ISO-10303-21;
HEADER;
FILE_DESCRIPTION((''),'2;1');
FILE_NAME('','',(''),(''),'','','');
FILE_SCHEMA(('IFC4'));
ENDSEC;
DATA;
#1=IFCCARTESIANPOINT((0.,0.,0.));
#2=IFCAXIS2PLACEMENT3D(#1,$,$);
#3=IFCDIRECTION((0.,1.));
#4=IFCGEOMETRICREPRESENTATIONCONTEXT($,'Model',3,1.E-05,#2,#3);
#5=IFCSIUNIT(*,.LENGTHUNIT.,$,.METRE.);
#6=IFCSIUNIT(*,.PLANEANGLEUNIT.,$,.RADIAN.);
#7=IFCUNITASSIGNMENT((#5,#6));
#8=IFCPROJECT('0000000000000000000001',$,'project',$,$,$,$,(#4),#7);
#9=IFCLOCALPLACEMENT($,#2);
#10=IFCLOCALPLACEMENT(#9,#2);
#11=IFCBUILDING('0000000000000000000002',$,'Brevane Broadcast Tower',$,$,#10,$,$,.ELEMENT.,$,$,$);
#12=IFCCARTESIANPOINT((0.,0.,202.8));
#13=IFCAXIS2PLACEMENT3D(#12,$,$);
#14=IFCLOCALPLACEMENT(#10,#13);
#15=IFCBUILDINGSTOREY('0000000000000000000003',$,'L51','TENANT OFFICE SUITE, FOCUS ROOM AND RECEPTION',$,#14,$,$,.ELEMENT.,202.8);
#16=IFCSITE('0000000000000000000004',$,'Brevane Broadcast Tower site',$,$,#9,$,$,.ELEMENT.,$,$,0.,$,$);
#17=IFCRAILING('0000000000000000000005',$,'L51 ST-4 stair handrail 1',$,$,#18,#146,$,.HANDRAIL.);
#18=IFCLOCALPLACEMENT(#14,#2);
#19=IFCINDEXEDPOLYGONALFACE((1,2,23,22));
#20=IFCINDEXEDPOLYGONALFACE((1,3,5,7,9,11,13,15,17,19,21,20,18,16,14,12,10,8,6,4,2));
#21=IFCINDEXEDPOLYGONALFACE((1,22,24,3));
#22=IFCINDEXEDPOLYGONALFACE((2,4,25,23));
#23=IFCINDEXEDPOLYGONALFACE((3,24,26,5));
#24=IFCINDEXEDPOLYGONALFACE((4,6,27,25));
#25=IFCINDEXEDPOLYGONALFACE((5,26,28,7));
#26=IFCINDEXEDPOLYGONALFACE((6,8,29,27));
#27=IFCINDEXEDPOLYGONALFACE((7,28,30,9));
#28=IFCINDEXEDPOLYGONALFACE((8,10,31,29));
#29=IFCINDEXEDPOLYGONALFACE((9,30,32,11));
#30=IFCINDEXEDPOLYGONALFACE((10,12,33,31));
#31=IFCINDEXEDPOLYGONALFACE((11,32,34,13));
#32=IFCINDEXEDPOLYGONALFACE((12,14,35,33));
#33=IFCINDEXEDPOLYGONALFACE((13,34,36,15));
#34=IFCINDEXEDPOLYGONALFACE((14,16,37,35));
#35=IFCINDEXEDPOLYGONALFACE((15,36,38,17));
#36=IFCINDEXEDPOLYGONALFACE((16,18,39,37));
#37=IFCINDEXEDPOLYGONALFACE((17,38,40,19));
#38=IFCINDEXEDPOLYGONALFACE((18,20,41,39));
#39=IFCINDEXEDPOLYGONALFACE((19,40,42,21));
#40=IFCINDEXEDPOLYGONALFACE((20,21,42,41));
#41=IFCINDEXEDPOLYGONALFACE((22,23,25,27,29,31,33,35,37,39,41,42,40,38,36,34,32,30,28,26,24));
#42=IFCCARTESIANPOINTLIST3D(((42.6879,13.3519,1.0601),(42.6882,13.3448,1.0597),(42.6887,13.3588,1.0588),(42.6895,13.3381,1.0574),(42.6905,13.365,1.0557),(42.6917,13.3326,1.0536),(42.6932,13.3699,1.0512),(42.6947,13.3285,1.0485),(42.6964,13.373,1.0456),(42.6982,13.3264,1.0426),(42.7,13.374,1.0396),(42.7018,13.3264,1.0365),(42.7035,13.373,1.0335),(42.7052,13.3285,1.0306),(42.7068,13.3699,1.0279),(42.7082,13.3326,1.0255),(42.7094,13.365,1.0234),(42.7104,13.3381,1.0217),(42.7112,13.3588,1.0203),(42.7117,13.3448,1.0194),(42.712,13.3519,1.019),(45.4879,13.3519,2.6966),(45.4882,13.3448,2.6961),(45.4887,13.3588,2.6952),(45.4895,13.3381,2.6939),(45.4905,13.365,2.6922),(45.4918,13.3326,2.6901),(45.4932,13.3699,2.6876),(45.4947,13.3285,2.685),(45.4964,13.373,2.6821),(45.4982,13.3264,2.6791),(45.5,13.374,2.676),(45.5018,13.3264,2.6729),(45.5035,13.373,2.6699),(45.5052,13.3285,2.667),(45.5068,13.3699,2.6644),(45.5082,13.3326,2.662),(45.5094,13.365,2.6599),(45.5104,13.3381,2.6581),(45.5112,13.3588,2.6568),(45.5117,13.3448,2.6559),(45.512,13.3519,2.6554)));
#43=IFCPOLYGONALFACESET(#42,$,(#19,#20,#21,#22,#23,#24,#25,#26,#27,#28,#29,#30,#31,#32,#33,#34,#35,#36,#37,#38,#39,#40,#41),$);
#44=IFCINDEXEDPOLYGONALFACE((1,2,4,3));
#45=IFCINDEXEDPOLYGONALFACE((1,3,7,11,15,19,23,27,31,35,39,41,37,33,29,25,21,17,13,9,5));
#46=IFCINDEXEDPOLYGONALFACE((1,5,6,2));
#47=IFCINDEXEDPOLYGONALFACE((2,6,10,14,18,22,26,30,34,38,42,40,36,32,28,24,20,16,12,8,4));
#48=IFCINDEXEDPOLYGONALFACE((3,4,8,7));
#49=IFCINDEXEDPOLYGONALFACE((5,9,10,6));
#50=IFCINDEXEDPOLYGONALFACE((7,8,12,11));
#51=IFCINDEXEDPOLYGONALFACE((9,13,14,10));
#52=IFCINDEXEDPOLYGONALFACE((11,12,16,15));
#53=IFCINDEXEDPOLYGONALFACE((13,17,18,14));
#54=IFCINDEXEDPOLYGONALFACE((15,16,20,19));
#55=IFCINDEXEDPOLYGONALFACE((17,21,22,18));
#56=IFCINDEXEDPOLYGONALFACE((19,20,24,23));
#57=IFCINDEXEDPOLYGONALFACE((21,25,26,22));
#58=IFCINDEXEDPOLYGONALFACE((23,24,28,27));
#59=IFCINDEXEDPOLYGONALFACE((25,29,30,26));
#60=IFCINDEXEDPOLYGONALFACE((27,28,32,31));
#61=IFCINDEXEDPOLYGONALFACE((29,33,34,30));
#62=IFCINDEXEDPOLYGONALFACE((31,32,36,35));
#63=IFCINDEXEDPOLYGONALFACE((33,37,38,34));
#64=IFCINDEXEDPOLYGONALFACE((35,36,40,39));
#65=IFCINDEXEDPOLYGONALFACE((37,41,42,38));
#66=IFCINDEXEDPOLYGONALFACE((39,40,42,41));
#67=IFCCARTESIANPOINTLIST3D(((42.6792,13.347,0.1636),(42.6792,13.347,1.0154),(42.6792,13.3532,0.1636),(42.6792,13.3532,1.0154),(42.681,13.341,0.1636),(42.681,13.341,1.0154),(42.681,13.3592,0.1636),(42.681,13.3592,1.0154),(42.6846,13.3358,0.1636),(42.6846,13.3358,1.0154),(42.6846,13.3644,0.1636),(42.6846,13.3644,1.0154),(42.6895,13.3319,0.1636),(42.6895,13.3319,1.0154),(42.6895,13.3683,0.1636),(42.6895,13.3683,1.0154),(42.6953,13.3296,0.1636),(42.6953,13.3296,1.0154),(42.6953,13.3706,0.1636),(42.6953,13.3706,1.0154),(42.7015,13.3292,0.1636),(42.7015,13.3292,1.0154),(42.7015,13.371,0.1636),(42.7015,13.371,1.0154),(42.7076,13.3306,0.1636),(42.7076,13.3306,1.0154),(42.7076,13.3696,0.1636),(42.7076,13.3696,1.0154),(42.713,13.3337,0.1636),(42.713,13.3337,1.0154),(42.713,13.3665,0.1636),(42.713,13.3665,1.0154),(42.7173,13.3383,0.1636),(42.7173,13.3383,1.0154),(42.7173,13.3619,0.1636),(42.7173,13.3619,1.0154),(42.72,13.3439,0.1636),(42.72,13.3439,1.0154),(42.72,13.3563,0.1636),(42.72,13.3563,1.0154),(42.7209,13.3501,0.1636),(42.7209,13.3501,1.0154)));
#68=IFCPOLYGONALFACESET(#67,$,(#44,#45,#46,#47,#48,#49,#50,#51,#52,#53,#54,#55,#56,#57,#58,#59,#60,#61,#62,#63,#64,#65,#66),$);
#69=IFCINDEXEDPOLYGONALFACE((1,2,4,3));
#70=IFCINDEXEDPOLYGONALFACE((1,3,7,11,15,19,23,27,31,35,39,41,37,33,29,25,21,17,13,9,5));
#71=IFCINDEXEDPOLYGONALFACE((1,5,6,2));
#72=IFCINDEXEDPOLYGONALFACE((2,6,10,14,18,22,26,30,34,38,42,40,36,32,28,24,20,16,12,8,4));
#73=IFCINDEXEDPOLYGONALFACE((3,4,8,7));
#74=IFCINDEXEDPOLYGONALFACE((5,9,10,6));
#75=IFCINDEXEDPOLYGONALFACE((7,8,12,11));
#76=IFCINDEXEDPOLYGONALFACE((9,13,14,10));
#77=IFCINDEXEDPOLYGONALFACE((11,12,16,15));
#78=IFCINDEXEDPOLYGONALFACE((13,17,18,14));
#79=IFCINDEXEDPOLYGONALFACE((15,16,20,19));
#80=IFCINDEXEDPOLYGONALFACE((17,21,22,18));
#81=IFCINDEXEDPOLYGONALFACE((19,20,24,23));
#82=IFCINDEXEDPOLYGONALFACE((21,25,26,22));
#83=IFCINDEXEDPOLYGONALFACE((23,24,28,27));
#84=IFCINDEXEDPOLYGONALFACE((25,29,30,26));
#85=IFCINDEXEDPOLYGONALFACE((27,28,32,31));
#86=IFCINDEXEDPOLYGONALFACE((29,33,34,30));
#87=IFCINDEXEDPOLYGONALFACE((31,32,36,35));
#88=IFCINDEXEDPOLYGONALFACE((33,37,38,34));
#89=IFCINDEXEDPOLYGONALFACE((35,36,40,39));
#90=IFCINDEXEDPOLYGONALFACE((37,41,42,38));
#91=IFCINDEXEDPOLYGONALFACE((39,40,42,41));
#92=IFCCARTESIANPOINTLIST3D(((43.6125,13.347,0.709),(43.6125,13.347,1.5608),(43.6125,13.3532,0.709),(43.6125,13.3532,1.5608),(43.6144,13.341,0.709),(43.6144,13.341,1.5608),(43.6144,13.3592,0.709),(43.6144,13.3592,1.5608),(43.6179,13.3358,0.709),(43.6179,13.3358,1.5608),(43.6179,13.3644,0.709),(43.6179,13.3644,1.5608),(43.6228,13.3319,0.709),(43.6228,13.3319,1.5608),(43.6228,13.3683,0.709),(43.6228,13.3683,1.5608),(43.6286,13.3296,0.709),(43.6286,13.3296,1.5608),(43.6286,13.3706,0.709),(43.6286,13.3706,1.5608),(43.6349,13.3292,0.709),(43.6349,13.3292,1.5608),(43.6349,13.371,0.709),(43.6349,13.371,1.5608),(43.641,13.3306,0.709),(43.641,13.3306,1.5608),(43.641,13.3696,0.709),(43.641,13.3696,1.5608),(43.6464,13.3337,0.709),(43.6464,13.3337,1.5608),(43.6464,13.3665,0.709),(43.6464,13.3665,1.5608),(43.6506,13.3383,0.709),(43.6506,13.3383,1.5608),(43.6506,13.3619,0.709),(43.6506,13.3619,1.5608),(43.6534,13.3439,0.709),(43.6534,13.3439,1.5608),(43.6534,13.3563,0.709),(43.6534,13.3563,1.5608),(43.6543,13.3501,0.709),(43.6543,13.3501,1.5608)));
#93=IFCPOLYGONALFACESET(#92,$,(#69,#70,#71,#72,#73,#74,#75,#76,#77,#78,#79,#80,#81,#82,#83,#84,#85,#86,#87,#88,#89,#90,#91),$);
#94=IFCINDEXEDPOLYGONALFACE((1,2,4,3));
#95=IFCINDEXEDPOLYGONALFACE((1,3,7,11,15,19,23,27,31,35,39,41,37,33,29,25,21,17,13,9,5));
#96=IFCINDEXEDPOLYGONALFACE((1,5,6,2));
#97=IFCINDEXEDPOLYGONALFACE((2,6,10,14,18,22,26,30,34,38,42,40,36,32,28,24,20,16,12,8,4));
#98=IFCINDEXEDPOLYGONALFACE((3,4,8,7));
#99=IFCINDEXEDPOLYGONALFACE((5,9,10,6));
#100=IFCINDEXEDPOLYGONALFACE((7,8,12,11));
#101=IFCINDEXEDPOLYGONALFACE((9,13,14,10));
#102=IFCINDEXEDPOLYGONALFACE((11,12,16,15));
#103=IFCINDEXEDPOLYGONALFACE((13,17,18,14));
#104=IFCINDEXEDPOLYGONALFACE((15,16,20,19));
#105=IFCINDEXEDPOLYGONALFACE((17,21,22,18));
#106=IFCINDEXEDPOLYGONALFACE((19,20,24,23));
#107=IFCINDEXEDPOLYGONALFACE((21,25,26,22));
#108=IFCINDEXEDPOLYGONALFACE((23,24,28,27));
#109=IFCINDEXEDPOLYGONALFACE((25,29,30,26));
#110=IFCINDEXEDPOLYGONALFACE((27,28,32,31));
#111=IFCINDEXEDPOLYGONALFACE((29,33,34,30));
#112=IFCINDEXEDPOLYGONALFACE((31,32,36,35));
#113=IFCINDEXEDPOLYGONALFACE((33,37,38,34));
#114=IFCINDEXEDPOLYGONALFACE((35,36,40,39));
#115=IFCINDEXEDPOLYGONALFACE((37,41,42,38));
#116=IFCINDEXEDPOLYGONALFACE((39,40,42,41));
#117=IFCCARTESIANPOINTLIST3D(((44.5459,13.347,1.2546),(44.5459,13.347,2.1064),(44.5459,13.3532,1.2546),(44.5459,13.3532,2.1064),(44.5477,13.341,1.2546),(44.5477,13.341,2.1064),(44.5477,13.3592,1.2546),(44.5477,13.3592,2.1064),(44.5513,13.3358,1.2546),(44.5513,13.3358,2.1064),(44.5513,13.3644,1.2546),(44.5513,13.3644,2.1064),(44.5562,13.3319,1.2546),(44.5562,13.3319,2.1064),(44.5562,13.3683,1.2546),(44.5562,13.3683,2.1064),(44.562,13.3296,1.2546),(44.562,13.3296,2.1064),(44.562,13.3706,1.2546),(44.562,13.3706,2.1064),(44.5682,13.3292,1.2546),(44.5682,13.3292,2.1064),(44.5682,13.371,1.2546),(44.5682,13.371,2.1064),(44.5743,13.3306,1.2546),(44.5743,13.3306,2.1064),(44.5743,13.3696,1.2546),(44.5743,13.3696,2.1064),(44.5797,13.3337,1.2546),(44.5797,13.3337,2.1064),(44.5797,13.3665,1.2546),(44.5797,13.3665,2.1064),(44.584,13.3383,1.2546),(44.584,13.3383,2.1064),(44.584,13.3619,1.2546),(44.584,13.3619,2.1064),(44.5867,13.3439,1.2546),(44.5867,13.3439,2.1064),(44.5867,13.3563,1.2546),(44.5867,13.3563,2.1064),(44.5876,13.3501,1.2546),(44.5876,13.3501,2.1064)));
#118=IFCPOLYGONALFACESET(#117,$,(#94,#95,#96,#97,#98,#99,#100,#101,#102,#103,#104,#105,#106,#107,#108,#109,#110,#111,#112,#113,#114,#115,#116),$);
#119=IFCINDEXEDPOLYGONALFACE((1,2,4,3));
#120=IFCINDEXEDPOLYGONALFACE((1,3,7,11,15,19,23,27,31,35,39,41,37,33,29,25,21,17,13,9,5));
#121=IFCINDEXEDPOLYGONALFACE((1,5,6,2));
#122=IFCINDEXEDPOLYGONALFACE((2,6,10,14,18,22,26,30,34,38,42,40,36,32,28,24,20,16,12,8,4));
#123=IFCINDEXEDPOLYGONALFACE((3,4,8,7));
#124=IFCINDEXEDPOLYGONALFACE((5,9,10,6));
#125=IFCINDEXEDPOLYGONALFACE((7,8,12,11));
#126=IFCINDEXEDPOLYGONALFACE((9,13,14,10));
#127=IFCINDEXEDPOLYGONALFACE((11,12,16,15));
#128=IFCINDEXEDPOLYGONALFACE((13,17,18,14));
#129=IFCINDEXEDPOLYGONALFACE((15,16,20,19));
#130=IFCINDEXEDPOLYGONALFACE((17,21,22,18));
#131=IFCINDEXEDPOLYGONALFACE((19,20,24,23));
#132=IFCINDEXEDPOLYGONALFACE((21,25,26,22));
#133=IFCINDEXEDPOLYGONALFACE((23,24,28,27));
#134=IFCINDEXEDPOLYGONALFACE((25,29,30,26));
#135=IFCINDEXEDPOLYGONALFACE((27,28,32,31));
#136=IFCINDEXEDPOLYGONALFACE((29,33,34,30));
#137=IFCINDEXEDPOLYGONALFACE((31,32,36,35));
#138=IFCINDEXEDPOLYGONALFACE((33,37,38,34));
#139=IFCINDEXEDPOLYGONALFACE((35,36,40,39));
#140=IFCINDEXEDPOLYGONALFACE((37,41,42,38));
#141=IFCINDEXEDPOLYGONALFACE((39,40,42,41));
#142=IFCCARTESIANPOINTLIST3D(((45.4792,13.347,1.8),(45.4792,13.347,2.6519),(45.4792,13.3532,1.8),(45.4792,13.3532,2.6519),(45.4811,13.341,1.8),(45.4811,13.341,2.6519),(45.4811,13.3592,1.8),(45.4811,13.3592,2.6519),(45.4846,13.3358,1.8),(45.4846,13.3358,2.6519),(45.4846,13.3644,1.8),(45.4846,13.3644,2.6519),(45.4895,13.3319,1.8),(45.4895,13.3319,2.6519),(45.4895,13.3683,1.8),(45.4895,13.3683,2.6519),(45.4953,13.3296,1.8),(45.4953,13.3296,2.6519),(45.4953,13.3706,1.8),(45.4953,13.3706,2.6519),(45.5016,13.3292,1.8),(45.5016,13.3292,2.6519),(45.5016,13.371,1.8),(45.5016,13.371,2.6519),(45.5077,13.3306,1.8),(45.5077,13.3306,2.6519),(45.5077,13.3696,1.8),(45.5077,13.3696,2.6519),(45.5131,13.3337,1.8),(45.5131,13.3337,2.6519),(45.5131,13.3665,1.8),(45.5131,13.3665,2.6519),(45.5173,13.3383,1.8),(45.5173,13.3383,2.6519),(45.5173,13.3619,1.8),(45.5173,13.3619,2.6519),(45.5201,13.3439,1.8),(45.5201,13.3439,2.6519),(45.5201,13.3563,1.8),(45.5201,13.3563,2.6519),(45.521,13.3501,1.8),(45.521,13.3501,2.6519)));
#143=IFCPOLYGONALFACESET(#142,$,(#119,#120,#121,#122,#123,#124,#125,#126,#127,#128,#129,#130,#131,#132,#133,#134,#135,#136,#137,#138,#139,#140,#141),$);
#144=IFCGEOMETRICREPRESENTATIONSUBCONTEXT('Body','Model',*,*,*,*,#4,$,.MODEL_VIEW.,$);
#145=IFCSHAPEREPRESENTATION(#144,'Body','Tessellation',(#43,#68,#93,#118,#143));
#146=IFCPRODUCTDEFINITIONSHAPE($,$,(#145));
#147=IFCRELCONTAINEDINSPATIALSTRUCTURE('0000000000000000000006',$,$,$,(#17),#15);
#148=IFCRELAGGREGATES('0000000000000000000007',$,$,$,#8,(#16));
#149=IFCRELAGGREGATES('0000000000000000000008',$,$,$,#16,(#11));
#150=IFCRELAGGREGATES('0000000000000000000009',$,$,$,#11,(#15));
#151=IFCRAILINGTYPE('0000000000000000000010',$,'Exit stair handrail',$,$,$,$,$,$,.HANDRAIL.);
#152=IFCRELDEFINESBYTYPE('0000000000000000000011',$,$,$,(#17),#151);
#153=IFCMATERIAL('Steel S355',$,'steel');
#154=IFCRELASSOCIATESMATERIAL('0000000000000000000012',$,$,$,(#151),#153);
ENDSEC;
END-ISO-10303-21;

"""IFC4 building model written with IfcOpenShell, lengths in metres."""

from ifc_helpers import new_model, si_unit, direction, frame, origin, origin_2d, place, context, subcontext, project, spatial, circle, extrude, material, type_object, element, save


model = new_model("IFC4")

# Units and contexts
model_context = context("Model", 3, precision=1e-05, world=origin(), true_north=direction((0.0, 1.0)))
body_context = subcontext(model_context, "Body", "Model", "MODEL_VIEW")
ifc_project = project(units=[si_unit("LENGTHUNIT", "METRE"), si_unit("PLANEANGLEUNIT", "RADIAN")], contexts=[model_context])

# Site, building, storey
site_placement = place(None, origin())
site = spatial("IfcSite", under=ifc_project, at=site_placement, Name="Brevane Broadcast Tower site", CompositionType="ELEMENT", RefElevation=0.0)
building_placement = place(site_placement, origin())
building = spatial("IfcBuilding", under=site, at=building_placement, Name="Brevane Broadcast Tower", CompositionType="ELEMENT")
storey_placement = place(building_placement, frame((0.0, 0.0, 202.8)))
storey = spatial("IfcBuildingStorey", under=building, at=storey_placement, Name="L51", Description="TENANT OFFICE SUITE, FOCUS ROOM AND RECEPTION", CompositionType="ELEMENT", Elevation=202.8)

# Railing
ifc_material_1 = material(Name="Steel S355", Category="steel")
railing_type_1 = type_object("IfcRailingType", Name="Exit stair handrail", PredefinedType="HANDRAIL", material=ifc_material_1)
railing_1_placement = place(storey_placement, frame((42.7, 13.3501, 0.1636)))
element("IfcRailing", 1, at=railing_1_placement, inside=storey, type_object=railing_type_1, Name="L51 ST-4 stair handrail 1", PredefinedType="HANDRAIL", context=body_context, shape_type="SweptSolid", body=[
    extrude(circle(Radius=0.0239, at=origin_2d()), frame((0.0, 0.0, 0.876), z_axis=(0.863361, 0.0, 0.504587), x_axis=(0.0, 1.0, 0.0)), (0.0, 0.0, 1.0), 3.2432),
    extrude(circle(Radius=0.021, at=origin_2d()), origin(), (0.0, 0.0, 1.0), 0.8518),
    extrude(circle(Radius=0.021, at=origin_2d()), frame((0.9333, 0.0, 0.5454)), (0.0, 0.0, 1.0), 0.8518),
    extrude(circle(Radius=0.021, at=origin_2d()), frame((1.8667, 0.0, 1.0911)), (0.0, 0.0, 1.0), 0.8518),
    extrude(circle(Radius=0.021, at=origin_2d()), frame((2.8, 0.0, 1.6365)), (0.0, 0.0, 1.0), 0.8518),
])

save(model, "model.ifc")
